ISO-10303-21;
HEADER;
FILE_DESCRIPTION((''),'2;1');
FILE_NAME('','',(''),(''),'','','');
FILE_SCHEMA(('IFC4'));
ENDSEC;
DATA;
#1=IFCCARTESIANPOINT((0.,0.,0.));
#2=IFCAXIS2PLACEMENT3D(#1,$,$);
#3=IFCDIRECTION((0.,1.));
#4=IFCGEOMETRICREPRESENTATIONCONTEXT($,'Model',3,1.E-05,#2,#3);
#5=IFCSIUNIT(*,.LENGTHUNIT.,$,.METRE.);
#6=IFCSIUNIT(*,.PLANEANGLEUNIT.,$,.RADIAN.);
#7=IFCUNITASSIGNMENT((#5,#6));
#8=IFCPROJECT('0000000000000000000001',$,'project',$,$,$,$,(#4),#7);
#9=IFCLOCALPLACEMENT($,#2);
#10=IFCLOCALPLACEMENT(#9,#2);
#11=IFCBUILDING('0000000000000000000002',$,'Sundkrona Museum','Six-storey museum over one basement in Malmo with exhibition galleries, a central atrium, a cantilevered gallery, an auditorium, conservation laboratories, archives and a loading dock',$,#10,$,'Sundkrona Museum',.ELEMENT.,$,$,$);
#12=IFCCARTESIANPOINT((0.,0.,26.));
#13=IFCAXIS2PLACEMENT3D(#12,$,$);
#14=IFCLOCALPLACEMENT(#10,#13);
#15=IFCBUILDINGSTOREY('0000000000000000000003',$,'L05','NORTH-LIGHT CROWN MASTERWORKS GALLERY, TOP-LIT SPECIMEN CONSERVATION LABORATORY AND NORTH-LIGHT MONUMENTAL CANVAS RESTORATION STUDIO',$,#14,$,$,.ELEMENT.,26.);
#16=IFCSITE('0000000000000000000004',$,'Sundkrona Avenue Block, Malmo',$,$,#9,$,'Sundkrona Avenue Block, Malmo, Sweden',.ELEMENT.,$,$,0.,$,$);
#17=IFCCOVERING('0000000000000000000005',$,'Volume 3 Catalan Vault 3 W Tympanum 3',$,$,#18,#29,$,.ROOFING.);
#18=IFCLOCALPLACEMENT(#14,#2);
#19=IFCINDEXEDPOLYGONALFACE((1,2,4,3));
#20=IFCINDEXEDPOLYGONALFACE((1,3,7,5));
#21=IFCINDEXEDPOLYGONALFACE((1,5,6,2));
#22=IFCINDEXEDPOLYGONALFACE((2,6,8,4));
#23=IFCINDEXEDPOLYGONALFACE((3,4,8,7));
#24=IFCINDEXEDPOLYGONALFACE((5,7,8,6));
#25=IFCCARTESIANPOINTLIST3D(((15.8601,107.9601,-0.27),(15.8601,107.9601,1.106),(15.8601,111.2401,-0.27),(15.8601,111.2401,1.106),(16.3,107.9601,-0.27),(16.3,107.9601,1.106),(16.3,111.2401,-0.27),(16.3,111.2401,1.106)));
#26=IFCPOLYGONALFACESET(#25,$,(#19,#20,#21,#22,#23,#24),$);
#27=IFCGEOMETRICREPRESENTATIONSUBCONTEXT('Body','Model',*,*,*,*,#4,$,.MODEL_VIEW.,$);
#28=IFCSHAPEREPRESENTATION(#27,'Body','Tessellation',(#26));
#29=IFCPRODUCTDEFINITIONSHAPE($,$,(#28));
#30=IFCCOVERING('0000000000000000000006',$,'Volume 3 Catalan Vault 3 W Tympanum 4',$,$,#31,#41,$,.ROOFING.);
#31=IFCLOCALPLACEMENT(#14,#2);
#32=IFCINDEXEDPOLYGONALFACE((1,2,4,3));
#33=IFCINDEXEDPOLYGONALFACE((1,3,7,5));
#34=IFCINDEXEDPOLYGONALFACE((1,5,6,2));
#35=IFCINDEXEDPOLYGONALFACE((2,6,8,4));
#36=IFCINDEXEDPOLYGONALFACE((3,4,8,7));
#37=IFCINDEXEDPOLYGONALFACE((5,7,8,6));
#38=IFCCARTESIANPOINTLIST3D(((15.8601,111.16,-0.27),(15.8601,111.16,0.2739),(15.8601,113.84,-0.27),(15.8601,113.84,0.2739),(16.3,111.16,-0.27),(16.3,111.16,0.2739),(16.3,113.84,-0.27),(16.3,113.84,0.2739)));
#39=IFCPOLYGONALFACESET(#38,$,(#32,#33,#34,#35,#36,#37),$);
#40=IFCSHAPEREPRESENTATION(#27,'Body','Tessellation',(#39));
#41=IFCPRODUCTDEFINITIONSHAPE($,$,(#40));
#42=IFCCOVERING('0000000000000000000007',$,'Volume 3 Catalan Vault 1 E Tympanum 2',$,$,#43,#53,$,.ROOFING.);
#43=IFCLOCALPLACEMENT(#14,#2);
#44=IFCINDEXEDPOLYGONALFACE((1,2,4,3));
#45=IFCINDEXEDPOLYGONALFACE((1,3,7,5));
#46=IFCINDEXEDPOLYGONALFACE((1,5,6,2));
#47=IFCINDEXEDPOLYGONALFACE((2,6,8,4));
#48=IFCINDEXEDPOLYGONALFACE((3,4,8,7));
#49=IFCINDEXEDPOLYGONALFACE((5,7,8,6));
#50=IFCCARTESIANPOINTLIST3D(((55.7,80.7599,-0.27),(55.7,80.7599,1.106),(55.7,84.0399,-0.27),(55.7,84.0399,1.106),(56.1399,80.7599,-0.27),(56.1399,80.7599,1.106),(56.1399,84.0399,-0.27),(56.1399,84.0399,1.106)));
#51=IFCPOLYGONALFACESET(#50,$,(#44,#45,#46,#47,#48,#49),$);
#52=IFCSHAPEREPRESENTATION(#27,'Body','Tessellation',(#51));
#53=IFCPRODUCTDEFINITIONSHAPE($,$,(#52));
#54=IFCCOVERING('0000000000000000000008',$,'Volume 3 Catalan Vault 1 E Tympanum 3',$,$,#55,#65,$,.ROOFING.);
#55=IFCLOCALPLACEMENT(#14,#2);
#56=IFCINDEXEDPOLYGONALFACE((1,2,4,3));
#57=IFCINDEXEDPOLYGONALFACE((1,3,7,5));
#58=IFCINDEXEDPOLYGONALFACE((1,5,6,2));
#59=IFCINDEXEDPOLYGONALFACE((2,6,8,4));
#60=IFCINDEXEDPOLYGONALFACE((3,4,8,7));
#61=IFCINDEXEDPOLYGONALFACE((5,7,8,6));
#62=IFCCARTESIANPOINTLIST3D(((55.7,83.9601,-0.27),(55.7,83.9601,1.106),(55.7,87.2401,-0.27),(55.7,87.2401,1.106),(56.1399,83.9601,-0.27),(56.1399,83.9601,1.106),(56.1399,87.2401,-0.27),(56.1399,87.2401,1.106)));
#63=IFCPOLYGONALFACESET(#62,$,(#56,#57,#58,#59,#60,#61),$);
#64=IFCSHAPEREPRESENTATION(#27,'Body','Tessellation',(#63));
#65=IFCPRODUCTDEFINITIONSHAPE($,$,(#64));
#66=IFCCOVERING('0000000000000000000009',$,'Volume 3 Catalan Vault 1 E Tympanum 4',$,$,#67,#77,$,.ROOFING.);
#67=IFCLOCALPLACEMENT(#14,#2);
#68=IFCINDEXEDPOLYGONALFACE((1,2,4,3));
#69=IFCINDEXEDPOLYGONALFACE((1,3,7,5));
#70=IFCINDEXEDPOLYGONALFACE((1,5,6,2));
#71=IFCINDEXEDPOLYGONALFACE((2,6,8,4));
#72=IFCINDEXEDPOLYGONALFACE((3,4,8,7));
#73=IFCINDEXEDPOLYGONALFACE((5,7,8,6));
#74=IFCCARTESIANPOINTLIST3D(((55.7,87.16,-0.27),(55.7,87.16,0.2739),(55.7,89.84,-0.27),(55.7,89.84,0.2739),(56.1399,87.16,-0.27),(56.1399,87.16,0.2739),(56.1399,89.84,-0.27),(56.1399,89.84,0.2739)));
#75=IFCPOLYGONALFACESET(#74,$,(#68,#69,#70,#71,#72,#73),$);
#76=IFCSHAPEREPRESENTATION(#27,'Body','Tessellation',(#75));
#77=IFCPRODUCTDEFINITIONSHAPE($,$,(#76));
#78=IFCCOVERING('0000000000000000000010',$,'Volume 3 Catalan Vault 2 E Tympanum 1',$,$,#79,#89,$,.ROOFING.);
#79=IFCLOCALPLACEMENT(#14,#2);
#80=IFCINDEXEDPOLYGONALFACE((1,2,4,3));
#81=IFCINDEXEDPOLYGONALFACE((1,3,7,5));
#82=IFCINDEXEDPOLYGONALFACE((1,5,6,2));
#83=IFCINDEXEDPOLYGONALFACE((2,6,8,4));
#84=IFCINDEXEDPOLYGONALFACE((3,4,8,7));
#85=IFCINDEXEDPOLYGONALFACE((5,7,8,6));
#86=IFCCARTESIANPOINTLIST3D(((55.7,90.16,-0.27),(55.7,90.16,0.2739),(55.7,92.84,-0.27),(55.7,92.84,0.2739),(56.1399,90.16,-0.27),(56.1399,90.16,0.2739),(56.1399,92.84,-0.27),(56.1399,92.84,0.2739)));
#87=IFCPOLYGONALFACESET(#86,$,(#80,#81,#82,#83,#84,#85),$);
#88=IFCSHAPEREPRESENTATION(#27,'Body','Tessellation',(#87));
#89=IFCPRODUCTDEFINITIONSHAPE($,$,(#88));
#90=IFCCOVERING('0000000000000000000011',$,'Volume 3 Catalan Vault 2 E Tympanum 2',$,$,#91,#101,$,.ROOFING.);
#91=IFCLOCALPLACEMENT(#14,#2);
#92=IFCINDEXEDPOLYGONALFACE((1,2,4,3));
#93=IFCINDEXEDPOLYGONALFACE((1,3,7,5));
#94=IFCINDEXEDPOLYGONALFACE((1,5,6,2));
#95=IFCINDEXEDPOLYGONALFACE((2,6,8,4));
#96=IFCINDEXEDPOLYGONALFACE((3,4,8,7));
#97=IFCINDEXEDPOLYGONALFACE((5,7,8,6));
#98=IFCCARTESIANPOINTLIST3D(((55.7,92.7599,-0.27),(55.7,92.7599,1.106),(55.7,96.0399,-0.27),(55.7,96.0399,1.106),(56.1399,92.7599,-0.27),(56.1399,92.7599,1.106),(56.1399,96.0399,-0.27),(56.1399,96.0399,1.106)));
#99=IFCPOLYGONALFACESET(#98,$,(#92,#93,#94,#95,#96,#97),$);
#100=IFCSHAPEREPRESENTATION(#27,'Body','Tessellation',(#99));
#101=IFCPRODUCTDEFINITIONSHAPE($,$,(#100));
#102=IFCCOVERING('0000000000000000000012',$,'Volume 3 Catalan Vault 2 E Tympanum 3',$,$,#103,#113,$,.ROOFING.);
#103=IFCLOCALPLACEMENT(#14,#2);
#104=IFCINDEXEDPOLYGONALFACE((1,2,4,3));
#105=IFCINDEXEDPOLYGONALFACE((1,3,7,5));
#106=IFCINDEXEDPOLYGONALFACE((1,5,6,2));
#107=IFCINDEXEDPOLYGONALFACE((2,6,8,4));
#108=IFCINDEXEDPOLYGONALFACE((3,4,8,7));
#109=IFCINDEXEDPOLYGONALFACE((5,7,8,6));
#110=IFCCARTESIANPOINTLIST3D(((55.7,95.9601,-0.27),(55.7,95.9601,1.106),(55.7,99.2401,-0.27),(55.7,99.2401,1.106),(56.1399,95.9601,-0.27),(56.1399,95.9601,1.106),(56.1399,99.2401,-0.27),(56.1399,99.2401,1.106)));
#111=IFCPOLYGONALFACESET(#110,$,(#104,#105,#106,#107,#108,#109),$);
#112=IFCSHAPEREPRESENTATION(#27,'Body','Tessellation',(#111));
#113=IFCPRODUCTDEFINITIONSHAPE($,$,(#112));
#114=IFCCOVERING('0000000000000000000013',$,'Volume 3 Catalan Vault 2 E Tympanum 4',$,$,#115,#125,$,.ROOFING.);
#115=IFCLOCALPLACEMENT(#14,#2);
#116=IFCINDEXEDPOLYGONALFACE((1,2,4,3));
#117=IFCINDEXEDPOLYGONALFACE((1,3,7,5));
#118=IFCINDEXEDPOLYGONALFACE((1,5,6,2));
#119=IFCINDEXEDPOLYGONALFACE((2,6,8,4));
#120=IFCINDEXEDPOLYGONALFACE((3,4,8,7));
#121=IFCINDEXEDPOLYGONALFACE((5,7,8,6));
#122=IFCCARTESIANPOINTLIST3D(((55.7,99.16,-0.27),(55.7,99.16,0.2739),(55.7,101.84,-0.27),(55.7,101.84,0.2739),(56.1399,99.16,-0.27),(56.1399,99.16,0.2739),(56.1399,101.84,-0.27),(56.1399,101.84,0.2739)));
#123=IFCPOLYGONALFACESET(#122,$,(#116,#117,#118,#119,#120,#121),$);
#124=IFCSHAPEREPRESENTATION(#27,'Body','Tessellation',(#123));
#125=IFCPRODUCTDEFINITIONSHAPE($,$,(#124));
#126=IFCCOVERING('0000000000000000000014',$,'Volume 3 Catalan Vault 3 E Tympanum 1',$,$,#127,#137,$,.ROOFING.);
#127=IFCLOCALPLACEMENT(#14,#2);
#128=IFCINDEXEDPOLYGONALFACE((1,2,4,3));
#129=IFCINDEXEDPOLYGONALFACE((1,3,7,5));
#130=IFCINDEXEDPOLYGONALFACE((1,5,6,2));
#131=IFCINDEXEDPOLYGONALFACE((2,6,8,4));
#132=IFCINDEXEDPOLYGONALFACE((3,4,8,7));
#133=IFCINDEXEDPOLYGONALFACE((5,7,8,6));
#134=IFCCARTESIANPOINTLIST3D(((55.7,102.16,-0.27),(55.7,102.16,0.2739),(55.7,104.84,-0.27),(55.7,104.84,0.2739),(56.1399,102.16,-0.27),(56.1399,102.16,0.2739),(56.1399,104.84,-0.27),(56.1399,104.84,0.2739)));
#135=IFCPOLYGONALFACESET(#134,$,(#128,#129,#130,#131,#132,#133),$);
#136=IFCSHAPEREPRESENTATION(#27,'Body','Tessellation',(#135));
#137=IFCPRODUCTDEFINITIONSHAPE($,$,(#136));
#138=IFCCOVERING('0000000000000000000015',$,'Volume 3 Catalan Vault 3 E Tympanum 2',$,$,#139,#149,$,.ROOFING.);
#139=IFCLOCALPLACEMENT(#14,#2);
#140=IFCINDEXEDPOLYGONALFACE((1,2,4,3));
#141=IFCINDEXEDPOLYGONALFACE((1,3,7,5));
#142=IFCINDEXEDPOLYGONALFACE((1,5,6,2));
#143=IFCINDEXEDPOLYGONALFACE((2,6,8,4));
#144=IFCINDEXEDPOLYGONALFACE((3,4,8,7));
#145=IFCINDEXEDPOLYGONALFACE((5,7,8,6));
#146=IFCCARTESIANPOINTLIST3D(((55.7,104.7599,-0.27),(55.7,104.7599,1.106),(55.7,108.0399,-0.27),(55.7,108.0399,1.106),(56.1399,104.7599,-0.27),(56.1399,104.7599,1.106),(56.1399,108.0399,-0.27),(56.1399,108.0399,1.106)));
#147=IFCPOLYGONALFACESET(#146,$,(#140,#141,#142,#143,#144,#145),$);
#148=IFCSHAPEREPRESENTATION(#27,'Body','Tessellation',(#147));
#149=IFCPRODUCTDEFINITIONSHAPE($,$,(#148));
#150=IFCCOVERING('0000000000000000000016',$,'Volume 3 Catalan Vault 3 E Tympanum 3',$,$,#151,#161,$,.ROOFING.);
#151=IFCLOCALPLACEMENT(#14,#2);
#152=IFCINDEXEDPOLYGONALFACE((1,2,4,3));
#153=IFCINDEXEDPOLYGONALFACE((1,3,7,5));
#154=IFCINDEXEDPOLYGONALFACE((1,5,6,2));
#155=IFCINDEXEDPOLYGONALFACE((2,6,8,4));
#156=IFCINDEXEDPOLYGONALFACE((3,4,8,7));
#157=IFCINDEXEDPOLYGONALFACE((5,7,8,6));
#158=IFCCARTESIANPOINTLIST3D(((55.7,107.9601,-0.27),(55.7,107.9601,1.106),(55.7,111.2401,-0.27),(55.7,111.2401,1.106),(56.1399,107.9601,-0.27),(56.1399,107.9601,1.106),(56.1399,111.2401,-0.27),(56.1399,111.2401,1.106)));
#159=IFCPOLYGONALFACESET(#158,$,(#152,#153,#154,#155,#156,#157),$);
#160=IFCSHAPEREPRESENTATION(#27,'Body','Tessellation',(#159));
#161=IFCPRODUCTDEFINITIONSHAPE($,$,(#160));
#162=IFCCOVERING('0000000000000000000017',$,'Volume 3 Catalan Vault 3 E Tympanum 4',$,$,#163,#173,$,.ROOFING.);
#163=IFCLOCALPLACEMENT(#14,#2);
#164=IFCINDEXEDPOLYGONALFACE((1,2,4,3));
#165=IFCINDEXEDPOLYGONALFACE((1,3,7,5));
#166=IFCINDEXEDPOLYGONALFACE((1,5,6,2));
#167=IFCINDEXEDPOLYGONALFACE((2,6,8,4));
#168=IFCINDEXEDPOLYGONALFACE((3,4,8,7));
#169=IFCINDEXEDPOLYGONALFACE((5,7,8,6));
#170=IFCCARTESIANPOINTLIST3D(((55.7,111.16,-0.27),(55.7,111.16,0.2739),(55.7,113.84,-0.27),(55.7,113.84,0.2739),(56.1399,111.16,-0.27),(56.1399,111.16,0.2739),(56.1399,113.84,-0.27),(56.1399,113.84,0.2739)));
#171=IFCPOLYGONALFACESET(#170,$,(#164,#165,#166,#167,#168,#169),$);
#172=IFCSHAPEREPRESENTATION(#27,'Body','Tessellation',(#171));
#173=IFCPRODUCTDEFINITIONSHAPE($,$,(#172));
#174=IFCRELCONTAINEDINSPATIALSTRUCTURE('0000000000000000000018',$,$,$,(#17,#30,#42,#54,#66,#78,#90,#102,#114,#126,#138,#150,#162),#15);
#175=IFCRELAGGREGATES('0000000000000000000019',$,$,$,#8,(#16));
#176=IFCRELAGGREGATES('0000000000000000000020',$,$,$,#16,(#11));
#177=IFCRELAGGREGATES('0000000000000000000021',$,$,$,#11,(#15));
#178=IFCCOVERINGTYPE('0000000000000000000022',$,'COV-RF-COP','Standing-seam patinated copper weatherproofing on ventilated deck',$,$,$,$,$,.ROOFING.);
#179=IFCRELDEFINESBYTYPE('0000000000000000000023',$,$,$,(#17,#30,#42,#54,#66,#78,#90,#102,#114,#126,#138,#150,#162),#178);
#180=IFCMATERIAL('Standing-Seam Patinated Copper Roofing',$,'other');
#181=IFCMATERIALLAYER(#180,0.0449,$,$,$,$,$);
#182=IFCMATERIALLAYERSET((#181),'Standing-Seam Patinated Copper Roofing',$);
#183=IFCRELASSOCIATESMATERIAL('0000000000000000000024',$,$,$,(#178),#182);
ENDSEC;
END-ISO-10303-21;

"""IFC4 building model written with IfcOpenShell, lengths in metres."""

from ifc_helpers import new_model, si_unit, direction, frame, origin, origin_2d, place, context, subcontext, project, spatial, rectangle, extrude, material, layer, layer_set, type_object, element, save


model = new_model("IFC4")

# Units and contexts
model_context = context("Model", 3, precision=1e-05, world=origin(), true_north=direction((0.0, 1.0)))
body_context = subcontext(model_context, "Body", "Model", "MODEL_VIEW")
ifc_project = project(units=[si_unit("LENGTHUNIT", "METRE"), si_unit("PLANEANGLEUNIT", "RADIAN")], contexts=[model_context])

# Site, building, storey
site_placement = place(None, origin())
site = spatial("IfcSite", under=ifc_project, at=site_placement, Name="Sundkrona Avenue Block, Malmo", LongName="Sundkrona Avenue Block, Malmo, Sweden", CompositionType="ELEMENT", RefElevation=0.0)
building_placement = place(site_placement, origin())
building = spatial("IfcBuilding", under=site, at=building_placement, Name="Sundkrona Museum", Description="Six-storey museum over one basement in Malmo with exhibition galleries, a central atrium, a cantilevered gallery, an auditorium, conservation laboratories, archives and a loading dock", LongName="Sundkrona Museum", CompositionType="ELEMENT")
storey_placement = place(building_placement, frame((0.0, 0.0, 26.0)))
storey = spatial("IfcBuildingStorey", under=building, at=storey_placement, Name="L05", Description="NORTH-LIGHT CROWN MASTERWORKS GALLERY, TOP-LIT SPECIMEN CONSERVATION LABORATORY AND NORTH-LIGHT MONUMENTAL CANVAS RESTORATION STUDIO", CompositionType="ELEMENT", Elevation=26.0)

# Coverings
ifc_material_1 = material(Name="Standing-Seam Patinated Copper Roofing", Category="other")
ifc_layer_1 = layer(ifc_material_1, 0.0449)
ifc_layer_set_1 = layer_set([ifc_layer_1], Name="Standing-Seam Patinated Copper Roofing")
covering_type = type_object("IfcCoveringType", Name="COV-RF-COP", Description="Standing-seam patinated copper weatherproofing on ventilated deck", PredefinedType="ROOFING", material=ifc_layer_set_1)
for number, where, z_axis, x_axis, name in (
    (1, (16.0801, 109.6001, -0.27), (0.0, 0.0, 1.0), (0.0, 1.0, 0.0), "Volume 3 Catalan Vault 3 W Tympanum 3"),
):
    element("IfcCovering", number, at=place(storey_placement, frame(where, z_axis=z_axis, x_axis=x_axis)), inside=storey, type_object=covering_type, Name=name, PredefinedType="ROOFING", context=body_context, shape_type="SweptSolid", body=[
        extrude(rectangle(XDim=3.28, YDim=0.4399, at=origin_2d()), origin(), (0.0, 0.0, 1.0), 1.376),
    ])
covering_1_placement = place(storey_placement, frame((16.0801, 112.5, -0.27), z_axis=(0.0, 0.0, 1.0), x_axis=(0.0, 1.0, 0.0)))
element("IfcCovering", 2, at=covering_1_placement, inside=storey, type_object=covering_type, Name="Volume 3 Catalan Vault 3 W Tympanum 4", PredefinedType="ROOFING", context=body_context, shape_type="SweptSolid", body=[
    extrude(rectangle(XDim=2.6799, YDim=0.4399, at=origin_2d()), origin(), (0.0, 0.0, 1.0), 0.5439),
])
for number, where, z_axis, x_axis, name in (
    (3, (55.9199, 82.3999, -0.27), (0.0, 0.0, 1.0), (0.0, 1.0, 0.0), "Volume 3 Catalan Vault 1 E Tympanum 2"),
    (4, (55.9199, 85.6001, -0.27), (0.0, 0.0, 1.0), (0.0, 1.0, 0.0), "Volume 3 Catalan Vault 1 E Tympanum 3"),
):
    element("IfcCovering", number, at=place(storey_placement, frame(where, z_axis=z_axis, x_axis=x_axis)), inside=storey, type_object=covering_type, Name=name, PredefinedType="ROOFING", context=body_context, shape_type="SweptSolid", body=[
        extrude(rectangle(XDim=3.28, YDim=0.4399, at=origin_2d()), origin(), (0.0, 0.0, 1.0), 1.376),
    ])
for number, where, z_axis, x_axis, name in (
    (5, (55.9199, 88.5, -0.27), (0.0, 0.0, 1.0), (0.0, 1.0, 0.0), "Volume 3 Catalan Vault 1 E Tympanum 4"),
    (6, (55.9199, 91.5, -0.27), (0.0, 0.0, 1.0), (0.0, 1.0, 0.0), "Volume 3 Catalan Vault 2 E Tympanum 1"),
):
    element("IfcCovering", number, at=place(storey_placement, frame(where, z_axis=z_axis, x_axis=x_axis)), inside=storey, type_object=covering_type, Name=name, PredefinedType="ROOFING", context=body_context, shape_type="SweptSolid", body=[
        extrude(rectangle(XDim=2.6799, YDim=0.4399, at=origin_2d()), origin(), (0.0, 0.0, 1.0), 0.5439),
    ])
for number, where, z_axis, x_axis, name in (
    (7, (55.9199, 94.3999, -0.27), (0.0, 0.0, 1.0), (0.0, 1.0, 0.0), "Volume 3 Catalan Vault 2 E Tympanum 2"),
    (8, (55.9199, 97.6001, -0.27), (0.0, 0.0, 1.0), (0.0, 1.0, 0.0), "Volume 3 Catalan Vault 2 E Tympanum 3"),
):
    element("IfcCovering", number, at=place(storey_placement, frame(where, z_axis=z_axis, x_axis=x_axis)), inside=storey, type_object=covering_type, Name=name, PredefinedType="ROOFING", context=body_context, shape_type="SweptSolid", body=[
        extrude(rectangle(XDim=3.28, YDim=0.4399, at=origin_2d()), origin(), (0.0, 0.0, 1.0), 1.376),
    ])
for number, where, z_axis, x_axis, name in (
    (9, (55.9199, 100.5, -0.27), (0.0, 0.0, 1.0), (0.0, 1.0, 0.0), "Volume 3 Catalan Vault 2 E Tympanum 4"),
    (10, (55.9199, 103.5, -0.27), (0.0, 0.0, 1.0), (0.0, 1.0, 0.0), "Volume 3 Catalan Vault 3 E Tympanum 1"),
):
    element("IfcCovering", number, at=place(storey_placement, frame(where, z_axis=z_axis, x_axis=x_axis)), inside=storey, type_object=covering_type, Name=name, PredefinedType="ROOFING", context=body_context, shape_type="SweptSolid", body=[
        extrude(rectangle(XDim=2.6799, YDim=0.4399, at=origin_2d()), origin(), (0.0, 0.0, 1.0), 0.5439),
    ])
for number, where, z_axis, x_axis, name in (
    (11, (55.9199, 106.3999, -0.27), (0.0, 0.0, 1.0), (0.0, 1.0, 0.0), "Volume 3 Catalan Vault 3 E Tympanum 2"),
    (12, (55.9199, 109.6001, -0.27), (0.0, 0.0, 1.0), (0.0, 1.0, 0.0), "Volume 3 Catalan Vault 3 E Tympanum 3"),
):
    element("IfcCovering", number, at=place(storey_placement, frame(where, z_axis=z_axis, x_axis=x_axis)), inside=storey, type_object=covering_type, Name=name, PredefinedType="ROOFING", context=body_context, shape_type="SweptSolid", body=[
        extrude(rectangle(XDim=3.28, YDim=0.4399, at=origin_2d()), origin(), (0.0, 0.0, 1.0), 1.376),
    ])
covering_2_placement = place(storey_placement, frame((55.9199, 112.5, -0.27), z_axis=(0.0, 0.0, 1.0), x_axis=(0.0, 1.0, 0.0)))
element("IfcCovering", 13, at=covering_2_placement, inside=storey, type_object=covering_type, Name="Volume 3 Catalan Vault 3 E Tympanum 4", PredefinedType="ROOFING", context=body_context, shape_type="SweptSolid", body=[
    extrude(rectangle(XDim=2.6799, YDim=0.4399, at=origin_2d()), origin(), (0.0, 0.0, 1.0), 0.5439),
])

save(model, "model.ifc")
